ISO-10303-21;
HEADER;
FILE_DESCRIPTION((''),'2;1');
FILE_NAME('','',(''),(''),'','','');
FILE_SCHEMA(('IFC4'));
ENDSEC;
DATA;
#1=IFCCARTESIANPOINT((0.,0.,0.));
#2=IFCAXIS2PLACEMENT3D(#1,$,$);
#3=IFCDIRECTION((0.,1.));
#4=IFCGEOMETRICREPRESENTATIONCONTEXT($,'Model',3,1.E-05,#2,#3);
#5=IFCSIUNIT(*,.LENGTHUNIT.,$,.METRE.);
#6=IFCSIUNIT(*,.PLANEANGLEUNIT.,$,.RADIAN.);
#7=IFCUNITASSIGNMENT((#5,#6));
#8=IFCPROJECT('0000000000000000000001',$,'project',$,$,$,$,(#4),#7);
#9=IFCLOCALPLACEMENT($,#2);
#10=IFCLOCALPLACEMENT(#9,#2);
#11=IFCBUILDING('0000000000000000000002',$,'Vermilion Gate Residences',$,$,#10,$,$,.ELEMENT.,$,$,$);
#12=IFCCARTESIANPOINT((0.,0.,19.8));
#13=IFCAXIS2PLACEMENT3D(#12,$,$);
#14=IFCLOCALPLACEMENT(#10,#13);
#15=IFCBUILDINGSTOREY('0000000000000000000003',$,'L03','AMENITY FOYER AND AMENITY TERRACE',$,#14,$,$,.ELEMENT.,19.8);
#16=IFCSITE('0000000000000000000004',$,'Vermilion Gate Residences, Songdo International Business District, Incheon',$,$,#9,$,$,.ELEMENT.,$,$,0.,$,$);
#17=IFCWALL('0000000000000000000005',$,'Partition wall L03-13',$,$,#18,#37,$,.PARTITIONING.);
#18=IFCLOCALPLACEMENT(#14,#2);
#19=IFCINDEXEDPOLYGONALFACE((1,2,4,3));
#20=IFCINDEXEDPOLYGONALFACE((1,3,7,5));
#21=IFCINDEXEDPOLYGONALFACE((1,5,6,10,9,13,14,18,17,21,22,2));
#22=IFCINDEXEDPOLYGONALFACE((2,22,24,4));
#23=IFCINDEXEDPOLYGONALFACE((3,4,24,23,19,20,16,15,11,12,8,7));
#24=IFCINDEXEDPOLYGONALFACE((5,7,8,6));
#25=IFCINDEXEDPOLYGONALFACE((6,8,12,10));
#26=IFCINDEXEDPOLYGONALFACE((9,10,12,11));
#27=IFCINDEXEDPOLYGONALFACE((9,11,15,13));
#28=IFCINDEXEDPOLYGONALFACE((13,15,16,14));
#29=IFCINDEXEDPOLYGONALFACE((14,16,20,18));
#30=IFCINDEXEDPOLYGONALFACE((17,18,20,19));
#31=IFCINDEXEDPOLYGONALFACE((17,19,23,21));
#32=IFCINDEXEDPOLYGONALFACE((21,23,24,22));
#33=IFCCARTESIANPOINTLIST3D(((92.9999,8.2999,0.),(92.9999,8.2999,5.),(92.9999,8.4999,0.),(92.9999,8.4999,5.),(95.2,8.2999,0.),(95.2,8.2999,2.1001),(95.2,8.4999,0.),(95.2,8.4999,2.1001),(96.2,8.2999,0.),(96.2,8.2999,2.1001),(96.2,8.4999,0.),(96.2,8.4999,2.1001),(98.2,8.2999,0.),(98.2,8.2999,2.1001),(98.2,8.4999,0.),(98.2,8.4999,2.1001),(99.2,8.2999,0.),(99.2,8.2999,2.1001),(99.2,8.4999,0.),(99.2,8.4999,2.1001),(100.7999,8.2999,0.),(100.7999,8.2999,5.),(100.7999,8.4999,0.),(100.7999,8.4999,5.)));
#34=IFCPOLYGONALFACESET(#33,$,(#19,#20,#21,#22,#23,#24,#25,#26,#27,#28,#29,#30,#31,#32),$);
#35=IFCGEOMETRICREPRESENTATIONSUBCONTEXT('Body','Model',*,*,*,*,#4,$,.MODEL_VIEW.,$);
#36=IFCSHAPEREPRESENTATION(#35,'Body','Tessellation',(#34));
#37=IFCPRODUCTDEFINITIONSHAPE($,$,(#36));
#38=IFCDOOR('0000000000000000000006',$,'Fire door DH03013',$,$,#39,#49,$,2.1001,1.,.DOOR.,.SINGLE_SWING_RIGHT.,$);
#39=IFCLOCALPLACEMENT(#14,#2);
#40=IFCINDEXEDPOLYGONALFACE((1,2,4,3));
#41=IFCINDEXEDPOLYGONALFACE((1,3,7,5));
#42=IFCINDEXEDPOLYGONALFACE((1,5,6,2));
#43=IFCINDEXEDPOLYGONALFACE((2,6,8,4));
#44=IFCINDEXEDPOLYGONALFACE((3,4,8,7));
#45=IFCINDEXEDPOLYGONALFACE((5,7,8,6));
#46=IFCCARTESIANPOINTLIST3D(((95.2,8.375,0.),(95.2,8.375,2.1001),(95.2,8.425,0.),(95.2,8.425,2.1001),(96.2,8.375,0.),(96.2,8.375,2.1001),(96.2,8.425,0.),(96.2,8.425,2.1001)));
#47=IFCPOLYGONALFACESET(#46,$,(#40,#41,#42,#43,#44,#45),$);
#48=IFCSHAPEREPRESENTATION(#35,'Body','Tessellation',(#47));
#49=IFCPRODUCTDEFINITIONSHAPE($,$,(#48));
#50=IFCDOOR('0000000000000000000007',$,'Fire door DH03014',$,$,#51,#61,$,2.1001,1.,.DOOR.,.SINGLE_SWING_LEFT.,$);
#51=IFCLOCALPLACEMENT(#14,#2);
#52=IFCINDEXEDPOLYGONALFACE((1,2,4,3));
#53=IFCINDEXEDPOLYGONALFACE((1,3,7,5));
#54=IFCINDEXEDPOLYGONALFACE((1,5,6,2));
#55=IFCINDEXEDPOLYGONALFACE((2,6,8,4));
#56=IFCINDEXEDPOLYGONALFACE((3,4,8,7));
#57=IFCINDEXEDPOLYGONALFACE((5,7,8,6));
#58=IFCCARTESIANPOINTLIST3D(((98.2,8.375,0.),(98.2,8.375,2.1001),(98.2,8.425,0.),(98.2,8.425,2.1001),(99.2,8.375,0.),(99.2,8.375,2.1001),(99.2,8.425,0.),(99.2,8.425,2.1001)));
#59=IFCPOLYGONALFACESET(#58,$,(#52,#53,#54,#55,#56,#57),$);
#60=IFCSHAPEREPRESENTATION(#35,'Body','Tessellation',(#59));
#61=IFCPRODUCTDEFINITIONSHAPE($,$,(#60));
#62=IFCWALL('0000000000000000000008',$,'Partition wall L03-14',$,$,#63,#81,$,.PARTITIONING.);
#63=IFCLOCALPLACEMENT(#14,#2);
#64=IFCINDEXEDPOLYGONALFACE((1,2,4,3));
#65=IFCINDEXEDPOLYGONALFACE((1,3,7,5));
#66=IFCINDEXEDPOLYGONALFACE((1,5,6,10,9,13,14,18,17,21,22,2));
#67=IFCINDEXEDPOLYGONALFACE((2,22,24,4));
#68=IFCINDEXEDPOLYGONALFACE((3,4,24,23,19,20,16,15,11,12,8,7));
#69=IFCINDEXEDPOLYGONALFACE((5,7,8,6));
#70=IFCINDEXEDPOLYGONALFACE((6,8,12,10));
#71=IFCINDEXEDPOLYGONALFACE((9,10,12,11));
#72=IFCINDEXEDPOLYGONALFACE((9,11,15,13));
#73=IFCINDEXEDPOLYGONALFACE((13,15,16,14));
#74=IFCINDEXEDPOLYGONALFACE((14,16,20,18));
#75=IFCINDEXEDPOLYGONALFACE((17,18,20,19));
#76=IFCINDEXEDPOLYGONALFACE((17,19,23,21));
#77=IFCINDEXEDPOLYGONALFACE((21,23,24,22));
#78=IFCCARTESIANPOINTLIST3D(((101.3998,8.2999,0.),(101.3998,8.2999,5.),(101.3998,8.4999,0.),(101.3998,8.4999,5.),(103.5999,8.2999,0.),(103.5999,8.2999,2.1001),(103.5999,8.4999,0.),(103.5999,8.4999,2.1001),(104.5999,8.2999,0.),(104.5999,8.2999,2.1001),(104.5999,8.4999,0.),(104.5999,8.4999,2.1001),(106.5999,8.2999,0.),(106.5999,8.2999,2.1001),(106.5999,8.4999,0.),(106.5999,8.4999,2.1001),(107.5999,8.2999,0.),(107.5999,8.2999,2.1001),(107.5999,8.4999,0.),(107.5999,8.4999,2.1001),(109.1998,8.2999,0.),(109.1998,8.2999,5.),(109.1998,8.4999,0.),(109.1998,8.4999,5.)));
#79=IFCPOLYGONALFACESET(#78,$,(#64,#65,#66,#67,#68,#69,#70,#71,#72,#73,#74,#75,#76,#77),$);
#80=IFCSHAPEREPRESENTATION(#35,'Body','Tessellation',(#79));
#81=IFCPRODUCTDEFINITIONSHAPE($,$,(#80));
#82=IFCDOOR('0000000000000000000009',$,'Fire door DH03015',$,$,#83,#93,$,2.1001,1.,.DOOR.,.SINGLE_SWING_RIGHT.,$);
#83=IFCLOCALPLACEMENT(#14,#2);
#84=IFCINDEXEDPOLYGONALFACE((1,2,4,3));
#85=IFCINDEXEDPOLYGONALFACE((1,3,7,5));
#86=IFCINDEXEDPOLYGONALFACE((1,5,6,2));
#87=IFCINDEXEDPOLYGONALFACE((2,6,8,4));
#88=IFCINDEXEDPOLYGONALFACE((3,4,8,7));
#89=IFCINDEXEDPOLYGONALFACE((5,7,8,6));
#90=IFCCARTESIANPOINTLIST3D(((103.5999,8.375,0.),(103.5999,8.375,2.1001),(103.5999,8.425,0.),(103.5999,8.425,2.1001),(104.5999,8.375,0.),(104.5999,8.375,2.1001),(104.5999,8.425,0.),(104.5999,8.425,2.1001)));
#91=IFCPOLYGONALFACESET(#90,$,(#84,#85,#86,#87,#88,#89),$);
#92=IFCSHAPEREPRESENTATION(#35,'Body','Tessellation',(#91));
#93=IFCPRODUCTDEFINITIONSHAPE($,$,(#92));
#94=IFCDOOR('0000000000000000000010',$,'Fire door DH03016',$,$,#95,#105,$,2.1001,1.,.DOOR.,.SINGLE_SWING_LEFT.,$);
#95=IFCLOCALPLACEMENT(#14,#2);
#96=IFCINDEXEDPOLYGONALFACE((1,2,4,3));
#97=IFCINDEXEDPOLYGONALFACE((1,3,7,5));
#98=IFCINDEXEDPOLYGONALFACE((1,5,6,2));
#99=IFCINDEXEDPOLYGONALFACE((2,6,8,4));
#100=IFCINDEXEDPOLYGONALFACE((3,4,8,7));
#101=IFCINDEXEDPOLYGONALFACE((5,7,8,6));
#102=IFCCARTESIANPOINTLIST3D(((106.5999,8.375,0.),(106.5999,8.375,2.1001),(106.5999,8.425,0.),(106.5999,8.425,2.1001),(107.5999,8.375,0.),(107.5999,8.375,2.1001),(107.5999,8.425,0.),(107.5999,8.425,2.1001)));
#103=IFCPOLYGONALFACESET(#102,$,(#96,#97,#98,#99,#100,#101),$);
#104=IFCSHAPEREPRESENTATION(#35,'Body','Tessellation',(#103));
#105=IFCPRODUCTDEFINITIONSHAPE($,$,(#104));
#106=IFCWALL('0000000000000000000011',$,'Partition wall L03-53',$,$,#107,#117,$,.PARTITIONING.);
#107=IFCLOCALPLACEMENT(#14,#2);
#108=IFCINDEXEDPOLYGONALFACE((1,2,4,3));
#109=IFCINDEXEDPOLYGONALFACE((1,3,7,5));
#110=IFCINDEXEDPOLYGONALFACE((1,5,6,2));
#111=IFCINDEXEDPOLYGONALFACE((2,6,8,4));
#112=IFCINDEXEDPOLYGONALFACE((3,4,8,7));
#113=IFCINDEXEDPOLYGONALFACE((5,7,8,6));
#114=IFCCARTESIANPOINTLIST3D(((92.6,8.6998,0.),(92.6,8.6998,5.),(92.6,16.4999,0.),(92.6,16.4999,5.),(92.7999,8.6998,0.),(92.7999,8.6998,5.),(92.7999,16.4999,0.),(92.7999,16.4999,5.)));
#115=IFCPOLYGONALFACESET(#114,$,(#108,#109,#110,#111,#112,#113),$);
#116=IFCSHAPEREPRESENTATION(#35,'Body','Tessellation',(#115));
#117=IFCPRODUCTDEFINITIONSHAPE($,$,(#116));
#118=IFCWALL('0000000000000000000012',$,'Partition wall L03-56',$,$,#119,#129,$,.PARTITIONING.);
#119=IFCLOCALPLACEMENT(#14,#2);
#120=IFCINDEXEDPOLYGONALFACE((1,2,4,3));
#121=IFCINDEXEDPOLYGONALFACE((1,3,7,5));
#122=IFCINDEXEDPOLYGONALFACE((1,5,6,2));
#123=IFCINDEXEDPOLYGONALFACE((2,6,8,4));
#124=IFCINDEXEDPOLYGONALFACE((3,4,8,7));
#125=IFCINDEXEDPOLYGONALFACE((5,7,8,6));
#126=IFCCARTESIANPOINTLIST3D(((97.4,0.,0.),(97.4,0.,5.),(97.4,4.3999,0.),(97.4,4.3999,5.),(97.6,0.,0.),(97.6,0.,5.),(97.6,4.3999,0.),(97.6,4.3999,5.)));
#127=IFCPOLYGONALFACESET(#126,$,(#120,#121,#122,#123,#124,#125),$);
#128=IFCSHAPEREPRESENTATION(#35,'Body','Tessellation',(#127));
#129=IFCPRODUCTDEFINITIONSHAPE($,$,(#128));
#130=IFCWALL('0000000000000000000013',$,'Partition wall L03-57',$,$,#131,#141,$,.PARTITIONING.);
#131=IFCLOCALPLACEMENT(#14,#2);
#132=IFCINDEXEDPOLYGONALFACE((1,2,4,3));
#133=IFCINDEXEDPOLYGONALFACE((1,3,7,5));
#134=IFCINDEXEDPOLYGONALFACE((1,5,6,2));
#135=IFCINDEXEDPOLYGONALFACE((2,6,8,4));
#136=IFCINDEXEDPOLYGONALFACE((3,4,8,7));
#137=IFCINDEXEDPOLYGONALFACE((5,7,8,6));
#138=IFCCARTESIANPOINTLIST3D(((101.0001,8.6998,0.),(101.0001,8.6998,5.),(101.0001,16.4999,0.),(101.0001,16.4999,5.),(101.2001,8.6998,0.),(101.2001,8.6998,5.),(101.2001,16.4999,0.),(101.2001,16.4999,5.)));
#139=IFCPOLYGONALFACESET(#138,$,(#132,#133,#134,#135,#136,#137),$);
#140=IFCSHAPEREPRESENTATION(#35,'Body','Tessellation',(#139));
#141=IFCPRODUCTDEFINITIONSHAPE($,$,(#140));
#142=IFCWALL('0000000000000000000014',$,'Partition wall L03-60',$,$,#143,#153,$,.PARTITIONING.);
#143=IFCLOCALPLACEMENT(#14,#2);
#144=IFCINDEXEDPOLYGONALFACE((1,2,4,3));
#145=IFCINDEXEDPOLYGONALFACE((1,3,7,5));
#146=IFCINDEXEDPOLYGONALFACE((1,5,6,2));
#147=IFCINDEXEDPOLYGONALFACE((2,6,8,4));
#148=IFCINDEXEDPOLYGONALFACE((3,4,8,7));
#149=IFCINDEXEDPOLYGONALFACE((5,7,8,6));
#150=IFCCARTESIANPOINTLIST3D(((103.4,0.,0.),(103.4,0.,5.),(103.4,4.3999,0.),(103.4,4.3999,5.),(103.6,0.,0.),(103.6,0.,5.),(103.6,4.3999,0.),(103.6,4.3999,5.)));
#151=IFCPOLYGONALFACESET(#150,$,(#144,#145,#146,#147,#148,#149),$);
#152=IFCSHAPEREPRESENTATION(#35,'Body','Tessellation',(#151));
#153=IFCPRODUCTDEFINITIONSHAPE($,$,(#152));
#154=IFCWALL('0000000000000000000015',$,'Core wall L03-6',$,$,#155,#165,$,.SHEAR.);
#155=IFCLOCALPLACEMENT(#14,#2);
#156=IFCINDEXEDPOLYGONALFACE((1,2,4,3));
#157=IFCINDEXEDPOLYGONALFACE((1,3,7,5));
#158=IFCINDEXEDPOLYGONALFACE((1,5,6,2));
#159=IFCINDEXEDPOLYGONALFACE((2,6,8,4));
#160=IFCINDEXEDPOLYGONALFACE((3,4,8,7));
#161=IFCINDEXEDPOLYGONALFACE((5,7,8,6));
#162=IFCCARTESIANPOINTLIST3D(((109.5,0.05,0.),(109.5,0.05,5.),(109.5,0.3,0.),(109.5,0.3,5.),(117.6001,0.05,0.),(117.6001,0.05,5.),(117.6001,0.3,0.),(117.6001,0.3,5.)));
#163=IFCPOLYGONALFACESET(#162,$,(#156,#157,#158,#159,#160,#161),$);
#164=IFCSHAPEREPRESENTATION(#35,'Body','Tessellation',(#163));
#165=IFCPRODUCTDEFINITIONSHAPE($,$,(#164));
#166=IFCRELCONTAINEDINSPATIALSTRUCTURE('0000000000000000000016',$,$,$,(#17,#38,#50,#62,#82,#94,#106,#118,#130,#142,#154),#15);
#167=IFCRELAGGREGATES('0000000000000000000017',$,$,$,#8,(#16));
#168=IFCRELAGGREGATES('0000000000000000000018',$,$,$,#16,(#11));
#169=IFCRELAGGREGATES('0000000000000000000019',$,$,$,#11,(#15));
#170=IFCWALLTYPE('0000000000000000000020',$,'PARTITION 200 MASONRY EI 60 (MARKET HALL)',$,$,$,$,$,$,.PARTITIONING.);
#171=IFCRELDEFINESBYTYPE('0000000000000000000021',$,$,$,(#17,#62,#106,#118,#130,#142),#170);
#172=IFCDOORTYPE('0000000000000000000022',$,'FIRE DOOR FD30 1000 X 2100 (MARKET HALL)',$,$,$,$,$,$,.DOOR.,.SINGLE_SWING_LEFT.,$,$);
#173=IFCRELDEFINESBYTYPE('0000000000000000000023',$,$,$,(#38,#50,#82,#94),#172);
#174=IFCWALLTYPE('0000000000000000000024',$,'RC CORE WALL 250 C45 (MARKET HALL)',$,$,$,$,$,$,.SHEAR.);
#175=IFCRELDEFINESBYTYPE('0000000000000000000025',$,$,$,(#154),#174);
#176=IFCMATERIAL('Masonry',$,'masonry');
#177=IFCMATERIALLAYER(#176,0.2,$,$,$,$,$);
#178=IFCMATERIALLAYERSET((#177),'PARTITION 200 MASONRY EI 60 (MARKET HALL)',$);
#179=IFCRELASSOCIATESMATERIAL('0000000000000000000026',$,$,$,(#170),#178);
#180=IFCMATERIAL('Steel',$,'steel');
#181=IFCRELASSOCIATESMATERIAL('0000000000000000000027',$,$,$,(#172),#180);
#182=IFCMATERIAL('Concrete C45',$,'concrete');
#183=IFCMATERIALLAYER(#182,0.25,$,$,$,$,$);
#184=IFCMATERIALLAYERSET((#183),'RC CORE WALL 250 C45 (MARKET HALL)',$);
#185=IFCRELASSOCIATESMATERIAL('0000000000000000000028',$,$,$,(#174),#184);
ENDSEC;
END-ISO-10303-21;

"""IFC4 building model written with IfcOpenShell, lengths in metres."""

from ifc_helpers import new_model, si_unit, direction, frame, frame_2d, origin, place, context, subcontext, project, spatial, rectangle, extrude, material, layer, layer_set, type_object, element, fill, save


model = new_model("IFC4")

# Units and contexts
model_context = context("Model", 3, precision=1e-05, world=origin(), true_north=direction((0.0, 1.0)))
body_context = subcontext(model_context, "Body", "Model", "MODEL_VIEW")
ifc_project = project(units=[si_unit("LENGTHUNIT", "METRE"), si_unit("PLANEANGLEUNIT", "RADIAN")], contexts=[model_context])

# Site, building, storey
site_placement = place(None, origin())
site = spatial("IfcSite", under=ifc_project, at=site_placement, Name="Vermilion Gate Residences, Songdo International Business District, Incheon", CompositionType="ELEMENT", RefElevation=0.0)
building_placement = place(site_placement, origin())
building = spatial("IfcBuilding", under=site, at=building_placement, Name="Vermilion Gate Residences", CompositionType="ELEMENT")
storey_placement = place(building_placement, frame((0.0, 0.0, 19.8)))
storey = spatial("IfcBuildingStorey", under=building, at=storey_placement, Name="L03", Description="AMENITY FOYER AND AMENITY TERRACE", CompositionType="ELEMENT", Elevation=19.8)

# Walls, openings, doors
ifc_material_1 = material(Name="Masonry", Category="masonry")
ifc_layer_1 = layer(ifc_material_1, 0.2)
ifc_layer_set_1 = layer_set([ifc_layer_1], Name="PARTITION 200 MASONRY EI 60 (MARKET HALL)")
wall_type_1 = type_object("IfcWallType", Name="PARTITION 200 MASONRY EI 60 (MARKET HALL)", PredefinedType="PARTITIONING", material=ifc_layer_set_1)
wall_1_placement = place(storey_placement, frame((93.0, 8.3999, 0.0), z_axis=(0.0, 0.0, 1.0), x_axis=(1.0, 0.0, 0.0)))
wall_1 = element("IfcWall", 1, at=wall_1_placement, inside=storey, type_object=wall_type_1, Name="Partition wall L03-13", PredefinedType="PARTITIONING", context=body_context, shape_type="SweptSolid", body=[
    extrude(rectangle(XDim=7.8, YDim=0.2, at=frame_2d((3.8999, 0.0))), origin(), (0.0, 0.0, 1.0), 5.0),
])
opening_1_placement = place(wall_1_placement, frame((2.2, 0.0, 0.0)))
opening_1 = element("IfcOpeningElement", 2, at=opening_1_placement, cuts=wall_1, PredefinedType="OPENING", context=body_context, shape_type="SweptSolid", body=[
    extrude(rectangle(XDim=1.0, YDim=2.1001, at=frame_2d((0.5, 1.05))), frame((0.0, 0.1099, 0.0), z_axis=(0.0, -1.0, 0.0), x_axis=(1.0, 0.0, 0.0)), (0.0, 0.0, 1.0), 0.22),
])
opening_2_placement = place(wall_1_placement, frame((5.2, 0.0, 0.0)))
opening_2 = element("IfcOpeningElement", 3, at=opening_2_placement, cuts=wall_1, PredefinedType="OPENING", context=body_context, shape_type="SweptSolid", body=[
    extrude(rectangle(XDim=1.0, YDim=2.1001, at=frame_2d((0.5, 1.05))), frame((0.0, 0.1099, 0.0), z_axis=(0.0, -1.0, 0.0), x_axis=(1.0, 0.0, 0.0)), (0.0, 0.0, 1.0), 0.22),
])
ifc_material_2 = material(Name="Steel", Category="steel")
door_type_1 = type_object("IfcDoorType", Name="FIRE DOOR FD30 1000 X 2100 (MARKET HALL)", OperationType="SINGLE_SWING_LEFT", PredefinedType="DOOR", material=ifc_material_2)
door_1_placement = place(opening_1_placement, frame((1.0, 0.0, 0.0), z_axis=(0.0, 0.0, 1.0), x_axis=(-1.0, 0.0, 0.0)))
door_1 = element("IfcDoor", 4, at=door_1_placement, inside=storey, type_object=door_type_1, Name="Fire door DH03013", OperationType="SINGLE_SWING_RIGHT", OverallHeight=2.1001, OverallWidth=1.0, PredefinedType="DOOR", context=body_context, shape_type="SweptSolid", body=[
    extrude(rectangle(XDim=1.0, YDim=2.1001, at=frame_2d((0.5, 1.05))), frame((0.0, 0.0249, 0.0), z_axis=(0.0, -1.0, 0.0), x_axis=(1.0, 0.0, 0.0)), (0.0, 0.0, 1.0), 0.05),
])
fill(opening_1, door_1)
door_2_placement = place(opening_2_placement, frame((1.0, 0.0, 0.0), z_axis=(0.0, 0.0, 1.0), x_axis=(-1.0, 0.0, 0.0)))
door_2 = element("IfcDoor", 5, at=door_2_placement, inside=storey, type_object=door_type_1, Name="Fire door DH03014", OperationType="SINGLE_SWING_LEFT", OverallHeight=2.1001, OverallWidth=1.0, PredefinedType="DOOR", context=body_context, shape_type="SweptSolid", body=[
    extrude(rectangle(XDim=1.0, YDim=2.1001, at=frame_2d((0.5, 1.05))), frame((0.0, 0.0249, 0.0), z_axis=(0.0, -1.0, 0.0), x_axis=(1.0, 0.0, 0.0)), (0.0, 0.0, 1.0), 0.05),
])
fill(opening_2, door_2)
wall_2_placement = place(storey_placement, frame((101.3999, 8.3999, 0.0), z_axis=(0.0, 0.0, 1.0), x_axis=(1.0, 0.0, 0.0)))
wall_2 = element("IfcWall", 6, at=wall_2_placement, inside=storey, type_object=wall_type_1, Name="Partition wall L03-14", PredefinedType="PARTITIONING", context=body_context, shape_type="SweptSolid", body=[
    extrude(rectangle(XDim=7.8, YDim=0.2, at=frame_2d((3.8999, 0.0))), origin(), (0.0, 0.0, 1.0), 5.0),
])
opening_3_placement = place(wall_2_placement, frame((2.2, 0.0, 0.0)))
opening_3 = element("IfcOpeningElement", 7, at=opening_3_placement, cuts=wall_2, PredefinedType="OPENING", context=body_context, shape_type="SweptSolid", body=[
    extrude(rectangle(XDim=1.0, YDim=2.1001, at=frame_2d((0.5, 1.05))), frame((0.0, 0.1099, 0.0), z_axis=(0.0, -1.0, 0.0), x_axis=(1.0, 0.0, 0.0)), (0.0, 0.0, 1.0), 0.22),
])
opening_4_placement = place(wall_2_placement, frame((5.2, 0.0, 0.0)))
opening_4 = element("IfcOpeningElement", 8, at=opening_4_placement, cuts=wall_2, PredefinedType="OPENING", context=body_context, shape_type="SweptSolid", body=[
    extrude(rectangle(XDim=1.0, YDim=2.1001, at=frame_2d((0.5, 1.05))), frame((0.0, 0.1099, 0.0), z_axis=(0.0, -1.0, 0.0), x_axis=(1.0, 0.0, 0.0)), (0.0, 0.0, 1.0), 0.22),
])
door_3_placement = place(opening_3_placement, frame((1.0, 0.0, 0.0), z_axis=(0.0, 0.0, 1.0), x_axis=(-1.0, 0.0, 0.0)))
door_3 = element("IfcDoor", 9, at=door_3_placement, inside=storey, type_object=door_type_1, Name="Fire door DH03015", OperationType="SINGLE_SWING_RIGHT", OverallHeight=2.1001, OverallWidth=1.0, PredefinedType="DOOR", context=body_context, shape_type="SweptSolid", body=[
    extrude(rectangle(XDim=1.0, YDim=2.1001, at=frame_2d((0.5, 1.05))), frame((0.0, 0.0249, 0.0), z_axis=(0.0, -1.0, 0.0), x_axis=(1.0, 0.0, 0.0)), (0.0, 0.0, 1.0), 0.05),
])
fill(opening_3, door_3)
door_4_placement = place(opening_4_placement, frame((1.0, 0.0, 0.0), z_axis=(0.0, 0.0, 1.0), x_axis=(-1.0, 0.0, 0.0)))
door_4 = element("IfcDoor", 10, at=door_4_placement, inside=storey, type_object=door_type_1, Name="Fire door DH03016", OperationType="SINGLE_SWING_LEFT", OverallHeight=2.1001, OverallWidth=1.0, PredefinedType="DOOR", context=body_context, shape_type="SweptSolid", body=[
    extrude(rectangle(XDim=1.0, YDim=2.1001, at=frame_2d((0.5, 1.05))), frame((0.0, 0.0249, 0.0), z_axis=(0.0, -1.0, 0.0), x_axis=(1.0, 0.0, 0.0)), (0.0, 0.0, 1.0), 0.05),
])
fill(opening_4, door_4)

# Walls
wall_3_placement = place(storey_placement, frame((92.7, 8.7, 0.0), z_axis=(0.0, 0.0, 1.0), x_axis=(0.0, 1.0, 0.0)))
element("IfcWall", 11, at=wall_3_placement, inside=storey, type_object=wall_type_1, Name="Partition wall L03-53", PredefinedType="PARTITIONING", context=body_context, shape_type="SweptSolid", body=[
    extrude(rectangle(XDim=7.8, YDim=0.2, at=frame_2d((3.8999, 0.0))), origin(), (0.0, 0.0, 1.0), 5.0),
])
wall_4_placement = place(storey_placement, frame((97.5, 0.0, 0.0), z_axis=(0.0, 0.0, 1.0), x_axis=(0.0, 1.0, 0.0)))
element("IfcWall", 12, at=wall_4_placement, inside=storey, type_object=wall_type_1, Name="Partition wall L03-56", PredefinedType="PARTITIONING", context=body_context, shape_type="SweptSolid", body=[
    extrude(rectangle(XDim=4.3999, YDim=0.2, at=frame_2d((2.2, 0.0))), origin(), (0.0, 0.0, 1.0), 5.0),
])
wall_5_placement = place(storey_placement, frame((101.1001, 8.7, 0.0), z_axis=(0.0, 0.0, 1.0), x_axis=(0.0, 1.0, 0.0)))
element("IfcWall", 13, at=wall_5_placement, inside=storey, type_object=wall_type_1, Name="Partition wall L03-57", PredefinedType="PARTITIONING", context=body_context, shape_type="SweptSolid", body=[
    extrude(rectangle(XDim=7.8, YDim=0.2, at=frame_2d((3.8999, 0.0))), origin(), (0.0, 0.0, 1.0), 5.0),
])
wall_6_placement = place(storey_placement, frame((103.5, 0.0, 0.0), z_axis=(0.0, 0.0, 1.0), x_axis=(0.0, 1.0, 0.0)))
element("IfcWall", 14, at=wall_6_placement, inside=storey, type_object=wall_type_1, Name="Partition wall L03-60", PredefinedType="PARTITIONING", context=body_context, shape_type="SweptSolid", body=[
    extrude(rectangle(XDim=4.3999, YDim=0.2, at=frame_2d((2.2, 0.0))), origin(), (0.0, 0.0, 1.0), 5.0),
])
ifc_material_3 = material(Name="Concrete C45", Category="concrete")
ifc_layer_2 = layer(ifc_material_3, 0.25)
ifc_layer_set_2 = layer_set([ifc_layer_2], Name="RC CORE WALL 250 C45 (MARKET HALL)")
wall_type_2 = type_object("IfcWallType", Name="RC CORE WALL 250 C45 (MARKET HALL)", PredefinedType="SHEAR", material=ifc_layer_set_2)
wall_7_placement = place(storey_placement, frame((109.5, 0.175, 0.0), z_axis=(0.0, 0.0, 1.0), x_axis=(1.0, 0.0, 0.0)))
element("IfcWall", 15, at=wall_7_placement, inside=storey, type_object=wall_type_2, Name="Core wall L03-6", PredefinedType="SHEAR", context=body_context, shape_type="SweptSolid", body=[
    extrude(rectangle(XDim=8.1001, YDim=0.25, at=frame_2d((4.05, 0.0))), origin(), (0.0, 0.0, 1.0), 5.0),
])

save(model, "model.ifc")
